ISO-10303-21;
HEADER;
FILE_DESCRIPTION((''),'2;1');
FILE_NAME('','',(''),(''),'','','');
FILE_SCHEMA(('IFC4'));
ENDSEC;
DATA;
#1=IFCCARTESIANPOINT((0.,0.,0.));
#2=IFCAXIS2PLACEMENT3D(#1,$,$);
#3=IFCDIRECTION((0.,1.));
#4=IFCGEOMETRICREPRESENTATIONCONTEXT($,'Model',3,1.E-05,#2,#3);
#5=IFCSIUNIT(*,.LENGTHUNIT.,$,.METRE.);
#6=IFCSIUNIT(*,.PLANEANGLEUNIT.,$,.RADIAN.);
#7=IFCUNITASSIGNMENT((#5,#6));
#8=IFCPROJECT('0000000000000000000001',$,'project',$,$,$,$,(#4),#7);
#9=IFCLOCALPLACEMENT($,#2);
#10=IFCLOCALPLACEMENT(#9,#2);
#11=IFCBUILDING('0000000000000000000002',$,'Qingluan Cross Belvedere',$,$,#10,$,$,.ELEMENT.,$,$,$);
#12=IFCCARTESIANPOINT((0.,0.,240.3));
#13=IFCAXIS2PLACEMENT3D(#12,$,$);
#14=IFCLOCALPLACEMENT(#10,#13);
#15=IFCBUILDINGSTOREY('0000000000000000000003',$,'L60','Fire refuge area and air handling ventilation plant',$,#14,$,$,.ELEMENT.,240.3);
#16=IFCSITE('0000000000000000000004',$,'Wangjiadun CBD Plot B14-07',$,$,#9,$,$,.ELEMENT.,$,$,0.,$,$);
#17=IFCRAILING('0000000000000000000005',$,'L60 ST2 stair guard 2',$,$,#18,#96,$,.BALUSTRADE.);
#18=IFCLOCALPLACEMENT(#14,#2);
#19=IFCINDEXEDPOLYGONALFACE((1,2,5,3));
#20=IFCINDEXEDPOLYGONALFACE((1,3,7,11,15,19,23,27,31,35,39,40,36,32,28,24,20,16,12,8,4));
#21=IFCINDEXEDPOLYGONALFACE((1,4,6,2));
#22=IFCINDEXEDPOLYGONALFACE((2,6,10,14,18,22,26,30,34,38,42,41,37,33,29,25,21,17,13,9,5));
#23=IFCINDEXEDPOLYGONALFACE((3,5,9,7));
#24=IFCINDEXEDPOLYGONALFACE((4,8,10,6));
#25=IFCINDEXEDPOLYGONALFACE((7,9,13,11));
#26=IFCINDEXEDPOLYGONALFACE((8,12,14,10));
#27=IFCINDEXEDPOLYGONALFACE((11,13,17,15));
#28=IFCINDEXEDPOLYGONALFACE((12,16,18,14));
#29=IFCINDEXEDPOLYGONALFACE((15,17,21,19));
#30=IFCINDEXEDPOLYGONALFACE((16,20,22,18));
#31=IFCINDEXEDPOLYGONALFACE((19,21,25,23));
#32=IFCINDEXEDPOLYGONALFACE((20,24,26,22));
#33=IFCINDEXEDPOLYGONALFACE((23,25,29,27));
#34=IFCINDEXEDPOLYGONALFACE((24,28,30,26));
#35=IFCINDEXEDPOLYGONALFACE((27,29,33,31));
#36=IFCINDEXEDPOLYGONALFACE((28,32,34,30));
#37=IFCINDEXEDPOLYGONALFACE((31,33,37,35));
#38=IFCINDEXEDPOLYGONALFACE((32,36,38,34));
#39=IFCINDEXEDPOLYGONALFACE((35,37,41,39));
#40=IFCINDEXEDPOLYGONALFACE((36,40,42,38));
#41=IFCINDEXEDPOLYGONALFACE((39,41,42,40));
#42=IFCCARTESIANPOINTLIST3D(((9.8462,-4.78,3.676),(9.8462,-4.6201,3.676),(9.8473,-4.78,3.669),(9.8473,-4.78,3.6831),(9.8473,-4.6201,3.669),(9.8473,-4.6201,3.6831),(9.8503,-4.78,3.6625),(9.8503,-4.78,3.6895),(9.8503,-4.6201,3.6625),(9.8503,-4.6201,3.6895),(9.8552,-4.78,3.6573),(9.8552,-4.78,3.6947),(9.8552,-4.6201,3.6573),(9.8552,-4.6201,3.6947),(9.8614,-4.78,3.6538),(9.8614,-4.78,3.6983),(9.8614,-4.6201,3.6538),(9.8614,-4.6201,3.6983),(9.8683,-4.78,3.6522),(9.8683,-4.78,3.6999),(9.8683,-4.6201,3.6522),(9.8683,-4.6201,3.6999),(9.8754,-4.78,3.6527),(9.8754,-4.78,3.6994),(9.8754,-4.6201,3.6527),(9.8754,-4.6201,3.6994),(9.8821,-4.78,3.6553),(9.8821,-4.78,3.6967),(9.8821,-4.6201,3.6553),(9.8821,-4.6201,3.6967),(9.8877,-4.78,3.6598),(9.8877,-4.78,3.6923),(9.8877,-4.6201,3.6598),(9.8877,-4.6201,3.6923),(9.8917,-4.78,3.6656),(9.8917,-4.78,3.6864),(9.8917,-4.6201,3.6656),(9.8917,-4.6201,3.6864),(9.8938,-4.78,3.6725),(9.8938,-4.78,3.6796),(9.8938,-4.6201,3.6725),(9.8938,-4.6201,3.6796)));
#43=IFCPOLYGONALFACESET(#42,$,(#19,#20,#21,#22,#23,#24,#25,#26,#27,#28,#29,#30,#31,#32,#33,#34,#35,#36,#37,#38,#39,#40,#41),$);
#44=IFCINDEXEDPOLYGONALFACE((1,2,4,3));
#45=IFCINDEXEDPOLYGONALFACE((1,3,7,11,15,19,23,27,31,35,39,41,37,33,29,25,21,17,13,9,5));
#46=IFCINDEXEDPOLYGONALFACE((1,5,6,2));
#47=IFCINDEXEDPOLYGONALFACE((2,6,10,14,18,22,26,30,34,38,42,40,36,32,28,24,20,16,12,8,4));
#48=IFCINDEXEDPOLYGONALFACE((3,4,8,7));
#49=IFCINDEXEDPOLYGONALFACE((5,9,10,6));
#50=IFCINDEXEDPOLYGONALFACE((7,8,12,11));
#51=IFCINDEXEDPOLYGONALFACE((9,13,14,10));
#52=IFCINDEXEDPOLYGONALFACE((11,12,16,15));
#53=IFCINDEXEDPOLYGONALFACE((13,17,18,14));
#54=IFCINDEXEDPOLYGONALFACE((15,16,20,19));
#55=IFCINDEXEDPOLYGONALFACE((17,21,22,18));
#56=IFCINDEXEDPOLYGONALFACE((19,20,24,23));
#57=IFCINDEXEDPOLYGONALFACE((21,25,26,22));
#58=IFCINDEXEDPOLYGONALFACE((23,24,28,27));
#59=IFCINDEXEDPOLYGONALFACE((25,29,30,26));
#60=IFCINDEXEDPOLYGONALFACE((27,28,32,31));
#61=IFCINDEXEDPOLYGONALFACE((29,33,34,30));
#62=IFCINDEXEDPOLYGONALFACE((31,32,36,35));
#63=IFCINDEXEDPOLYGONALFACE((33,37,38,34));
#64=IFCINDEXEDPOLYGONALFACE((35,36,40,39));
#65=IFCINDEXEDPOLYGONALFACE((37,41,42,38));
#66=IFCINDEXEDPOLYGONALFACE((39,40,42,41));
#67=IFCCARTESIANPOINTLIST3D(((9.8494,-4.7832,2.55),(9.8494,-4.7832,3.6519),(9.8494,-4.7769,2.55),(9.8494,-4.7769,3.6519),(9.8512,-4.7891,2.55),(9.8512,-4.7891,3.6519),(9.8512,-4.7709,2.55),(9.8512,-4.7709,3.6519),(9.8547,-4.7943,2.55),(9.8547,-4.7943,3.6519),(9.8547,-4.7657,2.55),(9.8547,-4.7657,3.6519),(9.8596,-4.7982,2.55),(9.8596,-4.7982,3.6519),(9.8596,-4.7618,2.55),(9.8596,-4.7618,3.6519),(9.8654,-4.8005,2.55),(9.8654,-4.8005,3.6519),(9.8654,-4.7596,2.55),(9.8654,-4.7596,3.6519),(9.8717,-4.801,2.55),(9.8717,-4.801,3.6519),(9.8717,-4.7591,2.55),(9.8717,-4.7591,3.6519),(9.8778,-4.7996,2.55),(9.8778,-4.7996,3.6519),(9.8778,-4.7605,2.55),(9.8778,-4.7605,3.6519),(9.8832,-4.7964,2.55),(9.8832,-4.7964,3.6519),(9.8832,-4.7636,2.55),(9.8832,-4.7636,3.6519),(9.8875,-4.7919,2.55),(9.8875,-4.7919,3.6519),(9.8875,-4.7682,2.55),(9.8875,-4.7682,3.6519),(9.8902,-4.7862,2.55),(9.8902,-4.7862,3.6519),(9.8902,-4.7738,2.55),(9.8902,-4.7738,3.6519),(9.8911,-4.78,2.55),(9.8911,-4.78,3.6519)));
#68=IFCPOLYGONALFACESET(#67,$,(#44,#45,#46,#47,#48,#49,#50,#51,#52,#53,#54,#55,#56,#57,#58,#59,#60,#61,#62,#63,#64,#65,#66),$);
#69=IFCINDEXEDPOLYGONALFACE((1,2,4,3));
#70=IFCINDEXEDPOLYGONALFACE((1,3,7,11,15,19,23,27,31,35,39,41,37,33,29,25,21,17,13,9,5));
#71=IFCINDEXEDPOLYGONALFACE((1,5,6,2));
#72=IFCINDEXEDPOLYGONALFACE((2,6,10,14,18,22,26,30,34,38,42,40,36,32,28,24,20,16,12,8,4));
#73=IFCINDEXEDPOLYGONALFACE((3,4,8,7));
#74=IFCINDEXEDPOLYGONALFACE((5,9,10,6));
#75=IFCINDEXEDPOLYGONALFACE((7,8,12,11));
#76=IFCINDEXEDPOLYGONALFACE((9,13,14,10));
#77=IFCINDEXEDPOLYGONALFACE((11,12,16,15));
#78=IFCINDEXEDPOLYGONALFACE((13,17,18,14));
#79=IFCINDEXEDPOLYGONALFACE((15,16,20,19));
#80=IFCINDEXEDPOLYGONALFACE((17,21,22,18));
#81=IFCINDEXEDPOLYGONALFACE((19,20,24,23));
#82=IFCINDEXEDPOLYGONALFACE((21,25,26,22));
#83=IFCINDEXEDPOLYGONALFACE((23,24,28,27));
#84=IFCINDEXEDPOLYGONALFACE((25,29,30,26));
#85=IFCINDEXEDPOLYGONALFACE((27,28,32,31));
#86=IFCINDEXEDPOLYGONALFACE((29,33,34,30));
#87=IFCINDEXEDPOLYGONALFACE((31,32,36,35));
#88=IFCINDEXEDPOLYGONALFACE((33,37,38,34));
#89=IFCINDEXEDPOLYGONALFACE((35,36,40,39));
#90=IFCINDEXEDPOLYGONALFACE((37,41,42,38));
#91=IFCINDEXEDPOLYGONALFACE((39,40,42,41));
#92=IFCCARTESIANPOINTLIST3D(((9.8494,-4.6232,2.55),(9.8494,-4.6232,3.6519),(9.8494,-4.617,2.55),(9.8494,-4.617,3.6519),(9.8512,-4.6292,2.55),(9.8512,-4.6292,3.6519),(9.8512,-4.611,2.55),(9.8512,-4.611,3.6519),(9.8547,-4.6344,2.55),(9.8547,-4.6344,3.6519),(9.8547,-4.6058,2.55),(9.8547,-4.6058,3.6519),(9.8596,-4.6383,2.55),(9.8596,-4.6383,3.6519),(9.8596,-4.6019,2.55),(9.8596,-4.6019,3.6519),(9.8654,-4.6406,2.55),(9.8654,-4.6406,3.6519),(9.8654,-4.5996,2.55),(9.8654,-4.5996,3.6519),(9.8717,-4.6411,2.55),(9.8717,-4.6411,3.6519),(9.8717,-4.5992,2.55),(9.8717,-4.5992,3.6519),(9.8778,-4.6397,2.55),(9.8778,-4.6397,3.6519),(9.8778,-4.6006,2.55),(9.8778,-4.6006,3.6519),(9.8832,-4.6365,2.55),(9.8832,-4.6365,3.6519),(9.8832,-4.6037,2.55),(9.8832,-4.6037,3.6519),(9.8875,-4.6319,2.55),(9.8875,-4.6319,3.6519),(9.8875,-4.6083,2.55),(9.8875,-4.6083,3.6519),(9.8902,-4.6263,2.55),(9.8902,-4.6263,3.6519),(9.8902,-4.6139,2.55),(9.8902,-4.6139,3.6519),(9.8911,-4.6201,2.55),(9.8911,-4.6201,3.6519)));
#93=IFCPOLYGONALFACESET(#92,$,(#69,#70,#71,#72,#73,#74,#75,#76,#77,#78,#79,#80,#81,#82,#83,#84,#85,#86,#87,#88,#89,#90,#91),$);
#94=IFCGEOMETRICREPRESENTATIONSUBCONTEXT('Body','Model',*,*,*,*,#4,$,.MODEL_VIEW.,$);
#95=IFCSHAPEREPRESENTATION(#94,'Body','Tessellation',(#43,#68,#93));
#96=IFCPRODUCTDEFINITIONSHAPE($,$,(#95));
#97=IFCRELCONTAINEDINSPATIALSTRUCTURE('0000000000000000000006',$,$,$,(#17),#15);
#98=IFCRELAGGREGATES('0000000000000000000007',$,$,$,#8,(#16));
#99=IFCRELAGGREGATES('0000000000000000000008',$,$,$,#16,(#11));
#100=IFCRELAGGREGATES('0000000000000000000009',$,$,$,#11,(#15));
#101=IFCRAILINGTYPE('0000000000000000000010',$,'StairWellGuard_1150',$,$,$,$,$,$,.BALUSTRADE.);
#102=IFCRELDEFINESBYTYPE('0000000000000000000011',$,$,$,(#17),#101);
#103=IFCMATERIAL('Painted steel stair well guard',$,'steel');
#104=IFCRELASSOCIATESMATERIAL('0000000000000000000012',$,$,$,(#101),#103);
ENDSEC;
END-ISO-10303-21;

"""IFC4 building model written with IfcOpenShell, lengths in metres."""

from ifc_helpers import new_model, si_unit, direction, frame, origin, origin_2d, place, context, subcontext, project, spatial, circle, extrude, material, type_object, element, save


model = new_model("IFC4")

# Units and contexts
model_context = context("Model", 3, precision=1e-05, world=origin(), true_north=direction((0.0, 1.0)))
body_context = subcontext(model_context, "Body", "Model", "MODEL_VIEW")
ifc_project = project(units=[si_unit("LENGTHUNIT", "METRE"), si_unit("PLANEANGLEUNIT", "RADIAN")], contexts=[model_context])

# Site, building, storey
site_placement = place(None, origin())
site = spatial("IfcSite", under=ifc_project, at=site_placement, Name="Wangjiadun CBD Plot B14-07", CompositionType="ELEMENT", RefElevation=0.0)
building_placement = place(site_placement, origin())
building = spatial("IfcBuilding", under=site, at=building_placement, Name="Qingluan Cross Belvedere", CompositionType="ELEMENT")
storey_placement = place(building_placement, frame((0.0, 0.0, 240.3)))
storey = spatial("IfcBuildingStorey", under=building, at=storey_placement, Name="L60", Description="Fire refuge area and air handling ventilation plant", CompositionType="ELEMENT", Elevation=240.3)

# Railing
ifc_material_1 = material(Name="Painted steel stair well guard", Category="steel")
railing_type_1 = type_object("IfcRailingType", Name="StairWellGuard_1150", PredefinedType="BALUSTRADE", material=ifc_material_1)
railing_1_placement = place(storey_placement, frame((9.8701, -4.78, 2.55)))
element("IfcRailing", 1, at=railing_1_placement, inside=storey, type_object=railing_type_1, Name="L60 ST2 stair guard 2", PredefinedType="BALUSTRADE", context=body_context, shape_type="SweptSolid", body=[
    extrude(circle(Radius=0.0239, at=origin_2d()), frame((0.0, 0.0, 1.126), z_axis=(0.0, 1.0, 0.0), x_axis=(-1.0, 0.0, 0.0)), (0.0, 0.0, 1.0), 0.1599),
    extrude(circle(Radius=0.021, at=origin_2d()), origin(), (0.0, 0.0, 1.0), 1.1018),
    extrude(circle(Radius=0.021, at=origin_2d()), frame((0.0, 0.1599, 0.0)), (0.0, 0.0, 1.0), 1.1018),
])

save(model, "model.ifc")
